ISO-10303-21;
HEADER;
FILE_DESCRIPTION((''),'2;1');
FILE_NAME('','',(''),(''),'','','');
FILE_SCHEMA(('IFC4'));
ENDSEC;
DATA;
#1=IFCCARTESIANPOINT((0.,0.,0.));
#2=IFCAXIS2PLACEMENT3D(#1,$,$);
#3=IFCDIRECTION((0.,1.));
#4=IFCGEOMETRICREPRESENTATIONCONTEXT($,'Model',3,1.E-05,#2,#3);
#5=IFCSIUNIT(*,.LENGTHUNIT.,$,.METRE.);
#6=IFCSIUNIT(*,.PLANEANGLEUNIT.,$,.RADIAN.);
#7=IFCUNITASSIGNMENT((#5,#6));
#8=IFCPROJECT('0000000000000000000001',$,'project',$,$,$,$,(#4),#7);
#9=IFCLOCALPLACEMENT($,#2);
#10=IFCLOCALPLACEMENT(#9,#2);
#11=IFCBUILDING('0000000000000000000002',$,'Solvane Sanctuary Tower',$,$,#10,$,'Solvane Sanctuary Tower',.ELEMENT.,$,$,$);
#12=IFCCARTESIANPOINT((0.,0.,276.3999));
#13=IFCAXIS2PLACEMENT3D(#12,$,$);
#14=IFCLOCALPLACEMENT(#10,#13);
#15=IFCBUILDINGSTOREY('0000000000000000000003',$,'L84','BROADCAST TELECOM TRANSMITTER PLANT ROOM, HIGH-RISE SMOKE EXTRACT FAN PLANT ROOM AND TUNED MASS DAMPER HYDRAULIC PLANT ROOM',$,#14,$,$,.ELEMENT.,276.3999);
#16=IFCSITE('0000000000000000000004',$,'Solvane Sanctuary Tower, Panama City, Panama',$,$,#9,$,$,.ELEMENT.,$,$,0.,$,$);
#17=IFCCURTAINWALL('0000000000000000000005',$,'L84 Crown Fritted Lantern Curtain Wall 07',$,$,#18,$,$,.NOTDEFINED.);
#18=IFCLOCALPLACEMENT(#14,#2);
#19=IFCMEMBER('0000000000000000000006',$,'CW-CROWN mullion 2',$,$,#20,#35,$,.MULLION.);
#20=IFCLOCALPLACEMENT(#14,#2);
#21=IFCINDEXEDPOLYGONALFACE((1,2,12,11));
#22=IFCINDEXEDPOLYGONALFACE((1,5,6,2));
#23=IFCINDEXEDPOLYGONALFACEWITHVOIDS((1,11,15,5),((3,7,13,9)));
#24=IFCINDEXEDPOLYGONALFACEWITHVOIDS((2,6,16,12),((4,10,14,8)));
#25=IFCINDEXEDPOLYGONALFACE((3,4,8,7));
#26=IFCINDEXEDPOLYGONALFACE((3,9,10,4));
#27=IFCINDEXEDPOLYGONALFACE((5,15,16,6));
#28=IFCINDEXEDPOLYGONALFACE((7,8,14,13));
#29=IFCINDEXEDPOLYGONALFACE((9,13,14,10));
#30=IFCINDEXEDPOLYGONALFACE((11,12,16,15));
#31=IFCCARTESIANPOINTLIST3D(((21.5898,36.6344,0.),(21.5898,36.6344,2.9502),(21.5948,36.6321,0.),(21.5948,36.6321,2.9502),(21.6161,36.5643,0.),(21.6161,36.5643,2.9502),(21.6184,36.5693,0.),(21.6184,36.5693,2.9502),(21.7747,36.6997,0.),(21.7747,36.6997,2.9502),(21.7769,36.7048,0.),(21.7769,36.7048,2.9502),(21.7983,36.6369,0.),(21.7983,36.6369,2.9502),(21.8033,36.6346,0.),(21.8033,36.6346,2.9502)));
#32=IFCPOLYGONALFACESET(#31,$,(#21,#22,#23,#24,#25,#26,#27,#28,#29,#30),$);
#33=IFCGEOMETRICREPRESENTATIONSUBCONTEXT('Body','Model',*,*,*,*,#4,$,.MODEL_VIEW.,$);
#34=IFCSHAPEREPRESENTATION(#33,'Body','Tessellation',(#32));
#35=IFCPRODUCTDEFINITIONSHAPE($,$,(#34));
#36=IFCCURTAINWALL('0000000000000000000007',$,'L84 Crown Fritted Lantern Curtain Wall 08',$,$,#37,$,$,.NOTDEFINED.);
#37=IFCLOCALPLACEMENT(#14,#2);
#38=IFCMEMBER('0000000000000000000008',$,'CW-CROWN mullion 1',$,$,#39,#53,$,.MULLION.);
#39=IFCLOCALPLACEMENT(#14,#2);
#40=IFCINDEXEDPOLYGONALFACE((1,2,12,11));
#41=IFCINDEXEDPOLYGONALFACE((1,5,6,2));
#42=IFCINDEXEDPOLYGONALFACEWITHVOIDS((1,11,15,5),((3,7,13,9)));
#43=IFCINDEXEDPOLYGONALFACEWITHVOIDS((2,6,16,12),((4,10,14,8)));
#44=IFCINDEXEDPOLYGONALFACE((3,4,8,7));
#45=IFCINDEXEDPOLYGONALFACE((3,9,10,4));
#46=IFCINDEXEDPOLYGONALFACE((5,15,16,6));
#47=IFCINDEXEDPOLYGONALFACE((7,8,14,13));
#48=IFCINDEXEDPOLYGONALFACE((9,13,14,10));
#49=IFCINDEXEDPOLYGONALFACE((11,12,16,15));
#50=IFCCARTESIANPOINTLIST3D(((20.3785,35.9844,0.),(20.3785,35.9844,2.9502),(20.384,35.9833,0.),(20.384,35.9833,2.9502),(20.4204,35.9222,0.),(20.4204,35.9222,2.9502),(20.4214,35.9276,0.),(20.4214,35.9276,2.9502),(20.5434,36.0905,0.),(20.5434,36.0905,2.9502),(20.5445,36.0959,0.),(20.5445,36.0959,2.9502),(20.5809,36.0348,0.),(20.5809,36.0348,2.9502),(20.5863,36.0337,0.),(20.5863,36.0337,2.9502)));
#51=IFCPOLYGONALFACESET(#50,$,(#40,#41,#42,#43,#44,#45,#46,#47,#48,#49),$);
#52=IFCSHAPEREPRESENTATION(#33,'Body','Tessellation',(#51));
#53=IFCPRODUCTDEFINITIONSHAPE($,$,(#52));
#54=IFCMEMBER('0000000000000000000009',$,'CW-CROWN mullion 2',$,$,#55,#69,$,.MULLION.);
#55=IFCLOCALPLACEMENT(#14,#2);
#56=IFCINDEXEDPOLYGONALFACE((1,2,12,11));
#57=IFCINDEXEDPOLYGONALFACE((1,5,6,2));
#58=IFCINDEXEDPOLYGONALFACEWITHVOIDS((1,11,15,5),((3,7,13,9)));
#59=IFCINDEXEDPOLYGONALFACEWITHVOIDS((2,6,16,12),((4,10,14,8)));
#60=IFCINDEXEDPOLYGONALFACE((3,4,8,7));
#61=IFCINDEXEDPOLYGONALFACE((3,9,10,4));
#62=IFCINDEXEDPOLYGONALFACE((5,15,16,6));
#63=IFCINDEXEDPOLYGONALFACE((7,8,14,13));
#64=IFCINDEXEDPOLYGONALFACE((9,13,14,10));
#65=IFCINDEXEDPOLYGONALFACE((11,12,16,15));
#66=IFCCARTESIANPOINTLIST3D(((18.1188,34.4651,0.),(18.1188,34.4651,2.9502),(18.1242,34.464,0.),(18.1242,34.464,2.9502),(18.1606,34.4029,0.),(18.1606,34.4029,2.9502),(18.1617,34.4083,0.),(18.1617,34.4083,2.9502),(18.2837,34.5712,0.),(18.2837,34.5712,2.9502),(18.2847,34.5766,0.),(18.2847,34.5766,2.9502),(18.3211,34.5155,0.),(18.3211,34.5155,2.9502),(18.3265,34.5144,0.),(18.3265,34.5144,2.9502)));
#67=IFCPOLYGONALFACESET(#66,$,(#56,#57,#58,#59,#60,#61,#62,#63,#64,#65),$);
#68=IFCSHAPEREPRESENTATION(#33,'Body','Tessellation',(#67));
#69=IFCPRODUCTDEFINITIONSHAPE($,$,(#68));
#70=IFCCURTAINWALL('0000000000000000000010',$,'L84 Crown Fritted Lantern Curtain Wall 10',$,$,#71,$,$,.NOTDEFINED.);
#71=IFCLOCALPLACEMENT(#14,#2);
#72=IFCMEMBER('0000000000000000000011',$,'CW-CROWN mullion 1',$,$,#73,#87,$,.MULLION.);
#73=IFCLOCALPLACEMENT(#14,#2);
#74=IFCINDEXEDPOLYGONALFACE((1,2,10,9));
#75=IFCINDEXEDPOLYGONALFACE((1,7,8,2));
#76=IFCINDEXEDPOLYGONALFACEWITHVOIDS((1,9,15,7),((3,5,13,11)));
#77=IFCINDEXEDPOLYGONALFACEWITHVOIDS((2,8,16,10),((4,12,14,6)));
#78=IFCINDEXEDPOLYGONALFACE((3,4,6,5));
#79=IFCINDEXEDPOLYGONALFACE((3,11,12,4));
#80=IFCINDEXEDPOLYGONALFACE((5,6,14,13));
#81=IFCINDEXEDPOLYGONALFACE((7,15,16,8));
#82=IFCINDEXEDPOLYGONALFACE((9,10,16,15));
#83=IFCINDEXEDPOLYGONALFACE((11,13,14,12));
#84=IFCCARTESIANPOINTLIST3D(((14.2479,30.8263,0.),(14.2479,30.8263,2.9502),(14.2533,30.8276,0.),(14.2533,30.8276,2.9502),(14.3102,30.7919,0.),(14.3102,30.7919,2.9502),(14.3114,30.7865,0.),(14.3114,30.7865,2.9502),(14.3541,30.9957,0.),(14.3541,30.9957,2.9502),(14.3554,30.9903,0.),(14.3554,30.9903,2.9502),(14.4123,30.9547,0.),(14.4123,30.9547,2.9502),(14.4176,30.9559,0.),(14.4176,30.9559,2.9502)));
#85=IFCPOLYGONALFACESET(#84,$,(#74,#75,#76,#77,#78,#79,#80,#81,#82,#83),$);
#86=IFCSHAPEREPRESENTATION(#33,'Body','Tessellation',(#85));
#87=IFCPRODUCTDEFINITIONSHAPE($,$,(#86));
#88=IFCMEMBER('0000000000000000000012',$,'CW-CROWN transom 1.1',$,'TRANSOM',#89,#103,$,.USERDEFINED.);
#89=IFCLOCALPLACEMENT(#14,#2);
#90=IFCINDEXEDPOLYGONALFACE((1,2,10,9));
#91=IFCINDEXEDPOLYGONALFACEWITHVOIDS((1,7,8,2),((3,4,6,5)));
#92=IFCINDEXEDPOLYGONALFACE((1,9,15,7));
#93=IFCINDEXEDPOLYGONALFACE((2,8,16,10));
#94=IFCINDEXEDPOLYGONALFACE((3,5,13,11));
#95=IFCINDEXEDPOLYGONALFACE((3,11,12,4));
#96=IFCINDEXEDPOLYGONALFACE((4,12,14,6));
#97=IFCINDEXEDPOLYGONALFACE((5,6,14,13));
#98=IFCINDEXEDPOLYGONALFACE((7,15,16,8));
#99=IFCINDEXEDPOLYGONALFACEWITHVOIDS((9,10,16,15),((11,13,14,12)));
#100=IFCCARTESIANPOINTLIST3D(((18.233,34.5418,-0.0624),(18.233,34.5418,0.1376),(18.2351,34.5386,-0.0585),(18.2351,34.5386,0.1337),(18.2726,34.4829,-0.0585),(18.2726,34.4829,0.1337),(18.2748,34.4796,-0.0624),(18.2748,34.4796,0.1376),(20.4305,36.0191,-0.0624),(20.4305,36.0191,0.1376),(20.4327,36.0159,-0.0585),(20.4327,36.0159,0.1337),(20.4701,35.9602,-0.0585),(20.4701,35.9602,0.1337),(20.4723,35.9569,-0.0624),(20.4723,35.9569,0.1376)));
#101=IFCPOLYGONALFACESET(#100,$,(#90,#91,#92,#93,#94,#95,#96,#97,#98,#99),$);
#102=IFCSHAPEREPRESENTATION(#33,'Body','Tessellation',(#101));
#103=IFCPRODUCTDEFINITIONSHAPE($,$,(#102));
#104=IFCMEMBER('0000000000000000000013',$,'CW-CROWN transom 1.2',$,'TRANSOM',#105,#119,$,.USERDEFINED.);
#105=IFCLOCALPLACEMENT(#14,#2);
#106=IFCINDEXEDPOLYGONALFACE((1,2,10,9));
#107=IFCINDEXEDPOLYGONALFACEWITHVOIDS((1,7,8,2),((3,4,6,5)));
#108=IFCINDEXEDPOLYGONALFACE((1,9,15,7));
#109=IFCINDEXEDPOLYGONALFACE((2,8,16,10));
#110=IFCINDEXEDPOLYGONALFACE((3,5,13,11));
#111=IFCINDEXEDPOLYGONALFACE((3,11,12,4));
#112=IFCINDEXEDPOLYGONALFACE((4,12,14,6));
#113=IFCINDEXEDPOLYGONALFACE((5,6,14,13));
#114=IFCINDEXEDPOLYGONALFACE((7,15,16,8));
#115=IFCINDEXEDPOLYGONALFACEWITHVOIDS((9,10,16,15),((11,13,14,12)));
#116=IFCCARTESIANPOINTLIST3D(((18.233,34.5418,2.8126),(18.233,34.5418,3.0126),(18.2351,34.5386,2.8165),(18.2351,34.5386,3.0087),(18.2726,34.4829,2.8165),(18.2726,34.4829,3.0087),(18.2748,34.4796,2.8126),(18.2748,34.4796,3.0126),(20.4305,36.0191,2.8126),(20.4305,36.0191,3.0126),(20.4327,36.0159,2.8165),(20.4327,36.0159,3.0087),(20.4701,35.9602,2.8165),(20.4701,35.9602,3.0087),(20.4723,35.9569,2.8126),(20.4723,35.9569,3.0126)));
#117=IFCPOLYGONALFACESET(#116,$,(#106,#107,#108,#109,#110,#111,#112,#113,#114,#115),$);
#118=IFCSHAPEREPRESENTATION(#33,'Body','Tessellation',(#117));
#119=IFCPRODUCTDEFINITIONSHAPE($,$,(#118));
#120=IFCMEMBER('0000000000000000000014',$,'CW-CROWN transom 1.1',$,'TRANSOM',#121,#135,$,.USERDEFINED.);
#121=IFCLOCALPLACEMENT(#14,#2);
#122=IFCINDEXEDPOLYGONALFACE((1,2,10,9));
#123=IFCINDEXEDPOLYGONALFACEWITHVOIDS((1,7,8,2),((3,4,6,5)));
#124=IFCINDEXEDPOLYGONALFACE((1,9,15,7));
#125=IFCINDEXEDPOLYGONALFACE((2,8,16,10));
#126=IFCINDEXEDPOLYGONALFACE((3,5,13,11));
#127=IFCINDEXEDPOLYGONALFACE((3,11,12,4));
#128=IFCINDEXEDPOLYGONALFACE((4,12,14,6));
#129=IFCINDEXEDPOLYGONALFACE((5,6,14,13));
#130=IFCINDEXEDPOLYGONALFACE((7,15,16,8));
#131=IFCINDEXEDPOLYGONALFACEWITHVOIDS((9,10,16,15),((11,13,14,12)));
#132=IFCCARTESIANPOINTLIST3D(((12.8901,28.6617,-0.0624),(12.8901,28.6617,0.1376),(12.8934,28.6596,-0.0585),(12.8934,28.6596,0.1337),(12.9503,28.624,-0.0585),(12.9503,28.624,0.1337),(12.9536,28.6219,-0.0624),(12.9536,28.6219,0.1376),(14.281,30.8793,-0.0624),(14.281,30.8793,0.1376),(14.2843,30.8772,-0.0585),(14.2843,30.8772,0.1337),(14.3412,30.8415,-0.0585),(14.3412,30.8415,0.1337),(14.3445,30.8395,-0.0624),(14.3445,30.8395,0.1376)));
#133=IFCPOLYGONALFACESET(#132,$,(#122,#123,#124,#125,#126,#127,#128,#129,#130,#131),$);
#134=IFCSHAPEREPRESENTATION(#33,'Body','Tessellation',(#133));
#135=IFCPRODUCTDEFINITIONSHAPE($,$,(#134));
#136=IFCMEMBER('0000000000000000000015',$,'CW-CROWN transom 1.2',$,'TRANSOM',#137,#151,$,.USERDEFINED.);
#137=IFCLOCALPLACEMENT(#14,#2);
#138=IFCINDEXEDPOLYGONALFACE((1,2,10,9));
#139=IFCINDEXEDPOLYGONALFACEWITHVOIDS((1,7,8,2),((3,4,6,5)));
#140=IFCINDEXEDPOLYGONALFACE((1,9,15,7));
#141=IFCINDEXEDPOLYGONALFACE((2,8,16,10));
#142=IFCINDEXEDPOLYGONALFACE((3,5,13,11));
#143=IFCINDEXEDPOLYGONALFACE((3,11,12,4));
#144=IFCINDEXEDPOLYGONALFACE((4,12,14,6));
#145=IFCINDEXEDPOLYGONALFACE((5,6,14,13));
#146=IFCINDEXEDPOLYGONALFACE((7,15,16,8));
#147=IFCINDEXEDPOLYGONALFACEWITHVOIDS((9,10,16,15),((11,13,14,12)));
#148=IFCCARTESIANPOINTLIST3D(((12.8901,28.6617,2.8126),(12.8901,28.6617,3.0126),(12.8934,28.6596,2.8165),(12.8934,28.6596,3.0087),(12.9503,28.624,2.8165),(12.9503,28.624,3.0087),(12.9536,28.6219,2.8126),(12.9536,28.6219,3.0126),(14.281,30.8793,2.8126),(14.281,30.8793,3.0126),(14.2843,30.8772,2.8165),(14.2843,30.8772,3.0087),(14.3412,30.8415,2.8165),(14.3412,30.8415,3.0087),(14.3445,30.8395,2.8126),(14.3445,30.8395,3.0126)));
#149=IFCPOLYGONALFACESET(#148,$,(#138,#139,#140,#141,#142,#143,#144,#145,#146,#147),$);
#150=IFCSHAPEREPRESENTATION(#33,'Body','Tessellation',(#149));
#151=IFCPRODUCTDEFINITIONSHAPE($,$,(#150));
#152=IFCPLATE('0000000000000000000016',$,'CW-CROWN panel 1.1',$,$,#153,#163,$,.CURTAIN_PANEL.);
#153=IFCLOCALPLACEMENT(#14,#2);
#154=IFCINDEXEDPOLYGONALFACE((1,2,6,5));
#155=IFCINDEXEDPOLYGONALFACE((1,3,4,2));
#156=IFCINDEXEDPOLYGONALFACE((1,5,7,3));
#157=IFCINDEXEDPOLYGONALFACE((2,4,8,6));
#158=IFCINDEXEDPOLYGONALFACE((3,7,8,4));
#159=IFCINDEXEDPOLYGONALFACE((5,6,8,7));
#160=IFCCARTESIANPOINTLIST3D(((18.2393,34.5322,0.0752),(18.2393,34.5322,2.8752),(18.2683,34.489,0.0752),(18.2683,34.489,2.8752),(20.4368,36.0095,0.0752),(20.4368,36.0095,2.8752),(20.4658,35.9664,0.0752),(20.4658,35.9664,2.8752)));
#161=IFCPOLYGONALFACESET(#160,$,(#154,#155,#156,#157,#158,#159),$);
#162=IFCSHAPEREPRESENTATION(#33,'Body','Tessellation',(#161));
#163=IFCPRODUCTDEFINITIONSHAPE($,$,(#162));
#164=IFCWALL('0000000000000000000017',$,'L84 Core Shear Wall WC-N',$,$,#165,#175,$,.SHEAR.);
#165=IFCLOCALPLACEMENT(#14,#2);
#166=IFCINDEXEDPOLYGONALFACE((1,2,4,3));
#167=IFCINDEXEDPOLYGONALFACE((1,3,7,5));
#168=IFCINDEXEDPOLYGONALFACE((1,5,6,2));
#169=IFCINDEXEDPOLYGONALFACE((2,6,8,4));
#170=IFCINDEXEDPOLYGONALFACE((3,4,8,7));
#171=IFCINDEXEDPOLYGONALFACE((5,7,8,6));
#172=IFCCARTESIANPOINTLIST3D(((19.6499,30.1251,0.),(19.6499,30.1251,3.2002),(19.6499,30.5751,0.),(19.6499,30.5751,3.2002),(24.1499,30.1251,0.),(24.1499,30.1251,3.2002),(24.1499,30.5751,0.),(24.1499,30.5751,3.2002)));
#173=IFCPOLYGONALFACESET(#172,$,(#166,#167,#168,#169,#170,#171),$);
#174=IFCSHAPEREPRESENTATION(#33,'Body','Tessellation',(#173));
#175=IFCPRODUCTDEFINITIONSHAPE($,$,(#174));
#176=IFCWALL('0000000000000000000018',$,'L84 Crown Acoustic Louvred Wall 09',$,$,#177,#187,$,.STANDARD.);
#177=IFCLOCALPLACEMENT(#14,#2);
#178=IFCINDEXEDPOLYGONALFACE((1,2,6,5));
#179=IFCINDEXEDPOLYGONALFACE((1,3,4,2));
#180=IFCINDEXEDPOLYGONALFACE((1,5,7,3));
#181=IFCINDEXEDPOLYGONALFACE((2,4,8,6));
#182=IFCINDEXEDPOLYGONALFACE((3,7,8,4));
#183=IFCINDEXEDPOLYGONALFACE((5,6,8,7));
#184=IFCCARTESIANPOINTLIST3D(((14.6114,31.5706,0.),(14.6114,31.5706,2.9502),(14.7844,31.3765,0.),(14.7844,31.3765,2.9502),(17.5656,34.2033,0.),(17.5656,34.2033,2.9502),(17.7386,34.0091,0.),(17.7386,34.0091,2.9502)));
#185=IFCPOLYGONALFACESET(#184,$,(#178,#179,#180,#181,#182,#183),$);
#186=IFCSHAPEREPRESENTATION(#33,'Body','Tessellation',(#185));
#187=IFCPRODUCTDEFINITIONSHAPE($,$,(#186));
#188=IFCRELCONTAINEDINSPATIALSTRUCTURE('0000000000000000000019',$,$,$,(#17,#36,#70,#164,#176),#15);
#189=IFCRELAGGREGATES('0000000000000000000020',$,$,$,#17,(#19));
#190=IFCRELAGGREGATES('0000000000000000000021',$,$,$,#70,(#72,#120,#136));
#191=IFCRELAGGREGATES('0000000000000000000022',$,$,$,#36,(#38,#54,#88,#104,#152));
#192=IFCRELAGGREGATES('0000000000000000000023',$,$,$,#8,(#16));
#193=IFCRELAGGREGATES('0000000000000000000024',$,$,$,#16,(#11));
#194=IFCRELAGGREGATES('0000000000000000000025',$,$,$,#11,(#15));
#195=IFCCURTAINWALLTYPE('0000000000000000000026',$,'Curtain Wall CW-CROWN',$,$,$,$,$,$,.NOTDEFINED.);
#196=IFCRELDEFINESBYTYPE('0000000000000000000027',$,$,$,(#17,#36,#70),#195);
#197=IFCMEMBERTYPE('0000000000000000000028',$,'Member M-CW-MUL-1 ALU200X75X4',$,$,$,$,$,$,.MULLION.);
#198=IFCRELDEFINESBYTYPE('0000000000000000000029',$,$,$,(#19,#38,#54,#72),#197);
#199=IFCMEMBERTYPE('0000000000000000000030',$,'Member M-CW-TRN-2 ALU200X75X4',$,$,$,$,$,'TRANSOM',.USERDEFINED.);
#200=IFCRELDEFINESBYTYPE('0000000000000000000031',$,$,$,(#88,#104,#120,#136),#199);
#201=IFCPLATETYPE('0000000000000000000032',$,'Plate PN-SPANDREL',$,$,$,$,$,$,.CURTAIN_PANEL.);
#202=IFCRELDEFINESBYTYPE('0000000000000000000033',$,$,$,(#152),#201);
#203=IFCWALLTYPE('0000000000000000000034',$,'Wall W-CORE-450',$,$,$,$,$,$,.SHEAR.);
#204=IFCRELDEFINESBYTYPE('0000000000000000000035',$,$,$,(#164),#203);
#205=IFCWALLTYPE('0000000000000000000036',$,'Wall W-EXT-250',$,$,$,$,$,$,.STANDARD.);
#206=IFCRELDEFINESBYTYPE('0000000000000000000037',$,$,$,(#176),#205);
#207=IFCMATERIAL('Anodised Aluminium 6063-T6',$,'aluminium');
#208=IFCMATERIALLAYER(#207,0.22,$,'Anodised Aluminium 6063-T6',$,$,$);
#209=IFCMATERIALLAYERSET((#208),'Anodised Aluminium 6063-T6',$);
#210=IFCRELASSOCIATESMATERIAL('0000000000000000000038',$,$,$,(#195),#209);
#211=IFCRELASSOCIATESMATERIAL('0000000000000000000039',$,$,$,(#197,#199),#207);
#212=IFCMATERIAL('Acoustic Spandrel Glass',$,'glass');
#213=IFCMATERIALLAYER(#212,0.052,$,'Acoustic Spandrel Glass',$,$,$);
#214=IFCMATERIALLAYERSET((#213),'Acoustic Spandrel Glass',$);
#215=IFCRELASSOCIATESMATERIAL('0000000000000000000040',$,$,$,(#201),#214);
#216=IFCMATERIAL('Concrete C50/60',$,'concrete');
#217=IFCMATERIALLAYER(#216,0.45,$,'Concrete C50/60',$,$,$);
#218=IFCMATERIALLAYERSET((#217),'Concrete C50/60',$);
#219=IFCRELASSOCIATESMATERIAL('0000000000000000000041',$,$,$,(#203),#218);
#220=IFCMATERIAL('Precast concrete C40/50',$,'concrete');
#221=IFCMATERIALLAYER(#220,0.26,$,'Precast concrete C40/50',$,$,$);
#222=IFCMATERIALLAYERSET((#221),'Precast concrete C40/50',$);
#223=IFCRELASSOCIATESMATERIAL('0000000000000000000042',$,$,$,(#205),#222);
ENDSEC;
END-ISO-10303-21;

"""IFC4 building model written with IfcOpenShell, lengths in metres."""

from ifc_helpers import new_model, si_unit, direction, frame, frame_2d, origin, origin_2d, place, context, subcontext, project, spatial, rectangle, hollow_rectangle, extrude, material, layer, layer_set, material_profile, profile_set, type_object, element, aggregate, save


model = new_model("IFC4")

# Units and contexts
model_context = context("Model", 3, precision=1e-05, world=origin(), true_north=direction((0.0, 1.0)))
body_context = subcontext(model_context, "Body", "Model", "MODEL_VIEW")
ifc_project = project(units=[si_unit("LENGTHUNIT", "METRE"), si_unit("PLANEANGLEUNIT", "RADIAN")], contexts=[model_context])

# Site, building, storey
site_placement = place(None, origin())
site = spatial("IfcSite", under=ifc_project, at=site_placement, Name="Solvane Sanctuary Tower, Panama City, Panama", CompositionType="ELEMENT", RefElevation=0.0)
building_placement = place(site_placement, origin())
building = spatial("IfcBuilding", under=site, at=building_placement, Name="Solvane Sanctuary Tower", LongName="Solvane Sanctuary Tower", CompositionType="ELEMENT")
storey_placement = place(building_placement, frame((0.0, 0.0, 276.3999)))
storey = spatial("IfcBuildingStorey", under=building, at=storey_placement, Name="L84", Description="BROADCAST TELECOM TRANSMITTER PLANT ROOM, HIGH-RISE SMOKE EXTRACT FAN PLANT ROOM AND TUNED MASS DAMPER HYDRAULIC PLANT ROOM", CompositionType="ELEMENT", Elevation=276.3999)

# Curtain wall, member
ifc_material_1 = material(Name="Anodised Aluminium 6063-T6", Category="aluminium")
ifc_layer_1 = layer(ifc_material_1, 0.22, Name="Anodised Aluminium 6063-T6")
ifc_layer_set_1 = layer_set([ifc_layer_1], Name="Anodised Aluminium 6063-T6")
curtain_wall_type = type_object("IfcCurtainWallType", Name="Curtain Wall CW-CROWN", PredefinedType="NOTDEFINED", material=ifc_layer_set_1)
curtain_wall_1_placement = place(storey_placement, origin())
curtain_wall_1 = element("IfcCurtainWall", 1, at=curtain_wall_1_placement, inside=storey, type_object=curtain_wall_type, Name="L84 Crown Fritted Lantern Curtain Wall 07", PredefinedType="NOTDEFINED")
ifc_material_profile_1 = material_profile(ifc_material_1, hollow_rectangle(XDim=0.075, YDim=0.2, WallThickness=0.0039, at=origin_2d()), Name="ALU200X75X4")
ifc_profile_set_1 = profile_set([ifc_material_profile_1], Name="Anodised Aluminium 6063-T6")
member_type_1 = type_object("IfcMemberType", Name="Member M-CW-MUL-1 ALU200X75X4", PredefinedType="MULLION", material=ifc_profile_set_1)
member_1_placement = place(storey_placement, frame((21.6965, 36.6345, 0.0), z_axis=(0.0, 0.0, 1.0), x_axis=(0.351811, -0.936071, 0.0)))
member_1 = element("IfcMember", 2, at=member_1_placement, type_object=member_type_1, Name="CW-CROWN mullion 2", PredefinedType="MULLION", context=body_context, shape_type="SweptSolid", body=[
    extrude(hollow_rectangle(XDim=0.075, YDim=0.2, WallThickness=0.0039, at=origin_2d()), origin(), (0.0, 0.0, 1.0), 2.9502),
])
aggregate(curtain_wall_1, [member_1])

# Curtain wall, members
curtain_wall_2_placement = place(storey_placement, origin())
curtain_wall_2 = element("IfcCurtainWall", 3, at=curtain_wall_2_placement, inside=storey, type_object=curtain_wall_type, Name="L84 Crown Fritted Lantern Curtain Wall 08", PredefinedType="NOTDEFINED")
member_2_placement = place(storey_placement, frame((20.4824, 36.009, 0.0), z_axis=(0.0, 0.0, 1.0), x_axis=(0.557937, -0.829883, 0.0)))
member_2 = element("IfcMember", 4, at=member_2_placement, type_object=member_type_1, Name="CW-CROWN mullion 1", PredefinedType="MULLION", context=body_context, shape_type="SweptSolid", body=[
    extrude(hollow_rectangle(XDim=0.075, YDim=0.2, WallThickness=0.0039, at=origin_2d()), origin(), (0.0, 0.0, 1.0), 2.9502),
])
member_3_placement = place(storey_placement, frame((18.2227, 34.4897, 0.0), z_axis=(0.0, 0.0, 1.0), x_axis=(0.557937, -0.829883, 0.0)))
member_3 = element("IfcMember", 5, at=member_3_placement, type_object=member_type_1, Name="CW-CROWN mullion 2", PredefinedType="MULLION", context=body_context, shape_type="SweptSolid", body=[
    extrude(hollow_rectangle(XDim=0.075, YDim=0.2, WallThickness=0.0039, at=origin_2d()), origin(), (0.0, 0.0, 1.0), 2.9502),
])

# Curtain wall, member
curtain_wall_3_placement = place(storey_placement, origin())
curtain_wall_3 = element("IfcCurtainWall", 6, at=curtain_wall_3_placement, inside=storey, type_object=curtain_wall_type, Name="L84 Crown Fritted Lantern Curtain Wall 10", PredefinedType="NOTDEFINED")
member_4_placement = place(storey_placement, frame((14.3328, 30.8911, 0.0), z_axis=(0.0, 0.0, 1.0), x_axis=(0.847126, -0.531391, 0.0)))
member_4 = element("IfcMember", 7, at=member_4_placement, type_object=member_type_1, Name="CW-CROWN mullion 1", PredefinedType="MULLION", context=body_context, shape_type="SweptSolid", body=[
    extrude(hollow_rectangle(XDim=0.075, YDim=0.2, WallThickness=0.0039, at=origin_2d()), origin(), (0.0, 0.0, 1.0), 2.9502),
])

# Members
ifc_material_profile_2 = material_profile(ifc_material_1, hollow_rectangle(XDim=0.075, YDim=0.2, WallThickness=0.0039, at=origin_2d()), Name="ALU200X75X4")
ifc_profile_set_2 = profile_set([ifc_material_profile_2], Name="Anodised Aluminium 6063-T6")
member_type_2 = type_object("IfcMemberType", Name="Member M-CW-TRN-2 ALU200X75X4", ElementType="TRANSOM", PredefinedType="USERDEFINED", material=ifc_profile_set_2)
member_5_placement = place(storey_placement, frame((20.4514, 35.988, 0.0376), z_axis=(-0.829902, -0.557909, 0.0), x_axis=(0.557909, -0.829902, 0.0)))
member_5 = element("IfcMember", 8, at=member_5_placement, type_object=member_type_2, Name="CW-CROWN transom 1.1", ObjectType="TRANSOM", PredefinedType="USERDEFINED", context=body_context, shape_type="SweptSolid", body=[
    extrude(hollow_rectangle(XDim=0.075, YDim=0.2, WallThickness=0.0039, at=origin_2d()), origin(), (0.0, 0.0, 1.0), 2.6479),
])
member_6_placement = place(storey_placement, frame((20.4514, 35.988, 2.9126), z_axis=(-0.829902, -0.557909, 0.0), x_axis=(0.557909, -0.829902, 0.0)))
member_6 = element("IfcMember", 9, at=member_6_placement, type_object=member_type_2, Name="CW-CROWN transom 1.2", ObjectType="TRANSOM", PredefinedType="USERDEFINED", context=body_context, shape_type="SweptSolid", body=[
    extrude(hollow_rectangle(XDim=0.075, YDim=0.2, WallThickness=0.0039, at=origin_2d()), origin(), (0.0, 0.0, 1.0), 2.6479),
])
member_7_placement = place(storey_placement, frame((14.3127, 30.8594, 0.0376), z_axis=(-0.531348, -0.847154, 0.0), x_axis=(0.847154, -0.531348, 0.0)))
member_7 = element("IfcMember", 10, at=member_7_placement, type_object=member_type_2, Name="CW-CROWN transom 1.1", ObjectType="TRANSOM", PredefinedType="USERDEFINED", context=body_context, shape_type="SweptSolid", body=[
    extrude(hollow_rectangle(XDim=0.075, YDim=0.2, WallThickness=0.0039, at=origin_2d()), origin(), (0.0, 0.0, 1.0), 2.6177),
])
member_8_placement = place(storey_placement, frame((14.3127, 30.8594, 2.9126), z_axis=(-0.531348, -0.847154, 0.0), x_axis=(0.847154, -0.531348, 0.0)))
member_8 = element("IfcMember", 11, at=member_8_placement, type_object=member_type_2, Name="CW-CROWN transom 1.2", ObjectType="TRANSOM", PredefinedType="USERDEFINED", context=body_context, shape_type="SweptSolid", body=[
    extrude(hollow_rectangle(XDim=0.075, YDim=0.2, WallThickness=0.0039, at=origin_2d()), origin(), (0.0, 0.0, 1.0), 2.6177),
])
aggregate(curtain_wall_3, [member_4, member_7, member_8])

# Plate
ifc_material_2 = material(Name="Acoustic Spandrel Glass", Category="glass")
ifc_layer_2 = layer(ifc_material_2, 0.052, Name="Acoustic Spandrel Glass")
ifc_layer_set_2 = layer_set([ifc_layer_2], Name="Acoustic Spandrel Glass")
plate_type = type_object("IfcPlateType", Name="Plate PN-SPANDREL", PredefinedType="CURTAIN_PANEL", material=ifc_layer_set_2)
plate_placement = place(storey_placement, frame((19.3525, 35.2493, 0.0752), z_axis=(0.0, 0.0, 1.0), x_axis=(-0.829883, -0.557937, 0.0)))
plate = element("IfcPlate", 12, at=plate_placement, type_object=plate_type, Name="CW-CROWN panel 1.1", PredefinedType="CURTAIN_PANEL", context=body_context, shape_type="SweptSolid", body=[
    extrude(rectangle(XDim=2.6479, YDim=0.052, at=origin_2d()), origin(), (0.0, 0.0, 1.0), 2.8),
])
aggregate(curtain_wall_2, [member_2, member_3, member_5, member_6, plate])

# Walls
ifc_material_3 = material(Name="Concrete C50/60", Category="concrete")
ifc_layer_3 = layer(ifc_material_3, 0.45, Name="Concrete C50/60")
ifc_layer_set_3 = layer_set([ifc_layer_3], Name="Concrete C50/60")
wall_type_1 = type_object("IfcWallType", Name="Wall W-CORE-450", PredefinedType="SHEAR", material=ifc_layer_set_3)
wall_1_placement = place(storey_placement, frame((19.6499, 30.3501, 0.0), z_axis=(0.0, 0.0, 1.0), x_axis=(1.0, 0.0, 0.0)))
element("IfcWall", 13, at=wall_1_placement, inside=storey, type_object=wall_type_1, Name="L84 Core Shear Wall WC-N", PredefinedType="SHEAR", context=body_context, shape_type="SweptSolid", body=[
    extrude(rectangle(XDim=4.5, YDim=0.45, at=frame_2d((2.25, 0.0))), origin(), (0.0, 0.0, 1.0), 3.2002),
])
ifc_material_4 = material(Name="Precast concrete C40/50", Category="concrete")
ifc_layer_4 = layer(ifc_material_4, 0.26, Name="Precast concrete C40/50")
ifc_layer_set_4 = layer_set([ifc_layer_4], Name="Precast concrete C40/50")
wall_type_2 = type_object("IfcWallType", Name="Wall W-EXT-250", PredefinedType="STANDARD", material=ifc_layer_set_4)
wall_2_placement = place(storey_placement, frame((17.6521, 34.1062, 0.0), z_axis=(0.0, 0.0, 1.0), x_axis=(-0.746568, -0.665309, 0.0)))
element("IfcWall", 14, at=wall_2_placement, inside=storey, type_object=wall_type_2, Name="L84 Crown Acoustic Louvred Wall 09", PredefinedType="STANDARD", context=body_context, shape_type="SweptSolid", body=[
    extrude(rectangle(XDim=3.957, YDim=0.26, at=frame_2d((1.9785, 0.0))), origin(), (0.0, 0.0, 1.0), 2.9502),
])

save(model, "model.ifc")
